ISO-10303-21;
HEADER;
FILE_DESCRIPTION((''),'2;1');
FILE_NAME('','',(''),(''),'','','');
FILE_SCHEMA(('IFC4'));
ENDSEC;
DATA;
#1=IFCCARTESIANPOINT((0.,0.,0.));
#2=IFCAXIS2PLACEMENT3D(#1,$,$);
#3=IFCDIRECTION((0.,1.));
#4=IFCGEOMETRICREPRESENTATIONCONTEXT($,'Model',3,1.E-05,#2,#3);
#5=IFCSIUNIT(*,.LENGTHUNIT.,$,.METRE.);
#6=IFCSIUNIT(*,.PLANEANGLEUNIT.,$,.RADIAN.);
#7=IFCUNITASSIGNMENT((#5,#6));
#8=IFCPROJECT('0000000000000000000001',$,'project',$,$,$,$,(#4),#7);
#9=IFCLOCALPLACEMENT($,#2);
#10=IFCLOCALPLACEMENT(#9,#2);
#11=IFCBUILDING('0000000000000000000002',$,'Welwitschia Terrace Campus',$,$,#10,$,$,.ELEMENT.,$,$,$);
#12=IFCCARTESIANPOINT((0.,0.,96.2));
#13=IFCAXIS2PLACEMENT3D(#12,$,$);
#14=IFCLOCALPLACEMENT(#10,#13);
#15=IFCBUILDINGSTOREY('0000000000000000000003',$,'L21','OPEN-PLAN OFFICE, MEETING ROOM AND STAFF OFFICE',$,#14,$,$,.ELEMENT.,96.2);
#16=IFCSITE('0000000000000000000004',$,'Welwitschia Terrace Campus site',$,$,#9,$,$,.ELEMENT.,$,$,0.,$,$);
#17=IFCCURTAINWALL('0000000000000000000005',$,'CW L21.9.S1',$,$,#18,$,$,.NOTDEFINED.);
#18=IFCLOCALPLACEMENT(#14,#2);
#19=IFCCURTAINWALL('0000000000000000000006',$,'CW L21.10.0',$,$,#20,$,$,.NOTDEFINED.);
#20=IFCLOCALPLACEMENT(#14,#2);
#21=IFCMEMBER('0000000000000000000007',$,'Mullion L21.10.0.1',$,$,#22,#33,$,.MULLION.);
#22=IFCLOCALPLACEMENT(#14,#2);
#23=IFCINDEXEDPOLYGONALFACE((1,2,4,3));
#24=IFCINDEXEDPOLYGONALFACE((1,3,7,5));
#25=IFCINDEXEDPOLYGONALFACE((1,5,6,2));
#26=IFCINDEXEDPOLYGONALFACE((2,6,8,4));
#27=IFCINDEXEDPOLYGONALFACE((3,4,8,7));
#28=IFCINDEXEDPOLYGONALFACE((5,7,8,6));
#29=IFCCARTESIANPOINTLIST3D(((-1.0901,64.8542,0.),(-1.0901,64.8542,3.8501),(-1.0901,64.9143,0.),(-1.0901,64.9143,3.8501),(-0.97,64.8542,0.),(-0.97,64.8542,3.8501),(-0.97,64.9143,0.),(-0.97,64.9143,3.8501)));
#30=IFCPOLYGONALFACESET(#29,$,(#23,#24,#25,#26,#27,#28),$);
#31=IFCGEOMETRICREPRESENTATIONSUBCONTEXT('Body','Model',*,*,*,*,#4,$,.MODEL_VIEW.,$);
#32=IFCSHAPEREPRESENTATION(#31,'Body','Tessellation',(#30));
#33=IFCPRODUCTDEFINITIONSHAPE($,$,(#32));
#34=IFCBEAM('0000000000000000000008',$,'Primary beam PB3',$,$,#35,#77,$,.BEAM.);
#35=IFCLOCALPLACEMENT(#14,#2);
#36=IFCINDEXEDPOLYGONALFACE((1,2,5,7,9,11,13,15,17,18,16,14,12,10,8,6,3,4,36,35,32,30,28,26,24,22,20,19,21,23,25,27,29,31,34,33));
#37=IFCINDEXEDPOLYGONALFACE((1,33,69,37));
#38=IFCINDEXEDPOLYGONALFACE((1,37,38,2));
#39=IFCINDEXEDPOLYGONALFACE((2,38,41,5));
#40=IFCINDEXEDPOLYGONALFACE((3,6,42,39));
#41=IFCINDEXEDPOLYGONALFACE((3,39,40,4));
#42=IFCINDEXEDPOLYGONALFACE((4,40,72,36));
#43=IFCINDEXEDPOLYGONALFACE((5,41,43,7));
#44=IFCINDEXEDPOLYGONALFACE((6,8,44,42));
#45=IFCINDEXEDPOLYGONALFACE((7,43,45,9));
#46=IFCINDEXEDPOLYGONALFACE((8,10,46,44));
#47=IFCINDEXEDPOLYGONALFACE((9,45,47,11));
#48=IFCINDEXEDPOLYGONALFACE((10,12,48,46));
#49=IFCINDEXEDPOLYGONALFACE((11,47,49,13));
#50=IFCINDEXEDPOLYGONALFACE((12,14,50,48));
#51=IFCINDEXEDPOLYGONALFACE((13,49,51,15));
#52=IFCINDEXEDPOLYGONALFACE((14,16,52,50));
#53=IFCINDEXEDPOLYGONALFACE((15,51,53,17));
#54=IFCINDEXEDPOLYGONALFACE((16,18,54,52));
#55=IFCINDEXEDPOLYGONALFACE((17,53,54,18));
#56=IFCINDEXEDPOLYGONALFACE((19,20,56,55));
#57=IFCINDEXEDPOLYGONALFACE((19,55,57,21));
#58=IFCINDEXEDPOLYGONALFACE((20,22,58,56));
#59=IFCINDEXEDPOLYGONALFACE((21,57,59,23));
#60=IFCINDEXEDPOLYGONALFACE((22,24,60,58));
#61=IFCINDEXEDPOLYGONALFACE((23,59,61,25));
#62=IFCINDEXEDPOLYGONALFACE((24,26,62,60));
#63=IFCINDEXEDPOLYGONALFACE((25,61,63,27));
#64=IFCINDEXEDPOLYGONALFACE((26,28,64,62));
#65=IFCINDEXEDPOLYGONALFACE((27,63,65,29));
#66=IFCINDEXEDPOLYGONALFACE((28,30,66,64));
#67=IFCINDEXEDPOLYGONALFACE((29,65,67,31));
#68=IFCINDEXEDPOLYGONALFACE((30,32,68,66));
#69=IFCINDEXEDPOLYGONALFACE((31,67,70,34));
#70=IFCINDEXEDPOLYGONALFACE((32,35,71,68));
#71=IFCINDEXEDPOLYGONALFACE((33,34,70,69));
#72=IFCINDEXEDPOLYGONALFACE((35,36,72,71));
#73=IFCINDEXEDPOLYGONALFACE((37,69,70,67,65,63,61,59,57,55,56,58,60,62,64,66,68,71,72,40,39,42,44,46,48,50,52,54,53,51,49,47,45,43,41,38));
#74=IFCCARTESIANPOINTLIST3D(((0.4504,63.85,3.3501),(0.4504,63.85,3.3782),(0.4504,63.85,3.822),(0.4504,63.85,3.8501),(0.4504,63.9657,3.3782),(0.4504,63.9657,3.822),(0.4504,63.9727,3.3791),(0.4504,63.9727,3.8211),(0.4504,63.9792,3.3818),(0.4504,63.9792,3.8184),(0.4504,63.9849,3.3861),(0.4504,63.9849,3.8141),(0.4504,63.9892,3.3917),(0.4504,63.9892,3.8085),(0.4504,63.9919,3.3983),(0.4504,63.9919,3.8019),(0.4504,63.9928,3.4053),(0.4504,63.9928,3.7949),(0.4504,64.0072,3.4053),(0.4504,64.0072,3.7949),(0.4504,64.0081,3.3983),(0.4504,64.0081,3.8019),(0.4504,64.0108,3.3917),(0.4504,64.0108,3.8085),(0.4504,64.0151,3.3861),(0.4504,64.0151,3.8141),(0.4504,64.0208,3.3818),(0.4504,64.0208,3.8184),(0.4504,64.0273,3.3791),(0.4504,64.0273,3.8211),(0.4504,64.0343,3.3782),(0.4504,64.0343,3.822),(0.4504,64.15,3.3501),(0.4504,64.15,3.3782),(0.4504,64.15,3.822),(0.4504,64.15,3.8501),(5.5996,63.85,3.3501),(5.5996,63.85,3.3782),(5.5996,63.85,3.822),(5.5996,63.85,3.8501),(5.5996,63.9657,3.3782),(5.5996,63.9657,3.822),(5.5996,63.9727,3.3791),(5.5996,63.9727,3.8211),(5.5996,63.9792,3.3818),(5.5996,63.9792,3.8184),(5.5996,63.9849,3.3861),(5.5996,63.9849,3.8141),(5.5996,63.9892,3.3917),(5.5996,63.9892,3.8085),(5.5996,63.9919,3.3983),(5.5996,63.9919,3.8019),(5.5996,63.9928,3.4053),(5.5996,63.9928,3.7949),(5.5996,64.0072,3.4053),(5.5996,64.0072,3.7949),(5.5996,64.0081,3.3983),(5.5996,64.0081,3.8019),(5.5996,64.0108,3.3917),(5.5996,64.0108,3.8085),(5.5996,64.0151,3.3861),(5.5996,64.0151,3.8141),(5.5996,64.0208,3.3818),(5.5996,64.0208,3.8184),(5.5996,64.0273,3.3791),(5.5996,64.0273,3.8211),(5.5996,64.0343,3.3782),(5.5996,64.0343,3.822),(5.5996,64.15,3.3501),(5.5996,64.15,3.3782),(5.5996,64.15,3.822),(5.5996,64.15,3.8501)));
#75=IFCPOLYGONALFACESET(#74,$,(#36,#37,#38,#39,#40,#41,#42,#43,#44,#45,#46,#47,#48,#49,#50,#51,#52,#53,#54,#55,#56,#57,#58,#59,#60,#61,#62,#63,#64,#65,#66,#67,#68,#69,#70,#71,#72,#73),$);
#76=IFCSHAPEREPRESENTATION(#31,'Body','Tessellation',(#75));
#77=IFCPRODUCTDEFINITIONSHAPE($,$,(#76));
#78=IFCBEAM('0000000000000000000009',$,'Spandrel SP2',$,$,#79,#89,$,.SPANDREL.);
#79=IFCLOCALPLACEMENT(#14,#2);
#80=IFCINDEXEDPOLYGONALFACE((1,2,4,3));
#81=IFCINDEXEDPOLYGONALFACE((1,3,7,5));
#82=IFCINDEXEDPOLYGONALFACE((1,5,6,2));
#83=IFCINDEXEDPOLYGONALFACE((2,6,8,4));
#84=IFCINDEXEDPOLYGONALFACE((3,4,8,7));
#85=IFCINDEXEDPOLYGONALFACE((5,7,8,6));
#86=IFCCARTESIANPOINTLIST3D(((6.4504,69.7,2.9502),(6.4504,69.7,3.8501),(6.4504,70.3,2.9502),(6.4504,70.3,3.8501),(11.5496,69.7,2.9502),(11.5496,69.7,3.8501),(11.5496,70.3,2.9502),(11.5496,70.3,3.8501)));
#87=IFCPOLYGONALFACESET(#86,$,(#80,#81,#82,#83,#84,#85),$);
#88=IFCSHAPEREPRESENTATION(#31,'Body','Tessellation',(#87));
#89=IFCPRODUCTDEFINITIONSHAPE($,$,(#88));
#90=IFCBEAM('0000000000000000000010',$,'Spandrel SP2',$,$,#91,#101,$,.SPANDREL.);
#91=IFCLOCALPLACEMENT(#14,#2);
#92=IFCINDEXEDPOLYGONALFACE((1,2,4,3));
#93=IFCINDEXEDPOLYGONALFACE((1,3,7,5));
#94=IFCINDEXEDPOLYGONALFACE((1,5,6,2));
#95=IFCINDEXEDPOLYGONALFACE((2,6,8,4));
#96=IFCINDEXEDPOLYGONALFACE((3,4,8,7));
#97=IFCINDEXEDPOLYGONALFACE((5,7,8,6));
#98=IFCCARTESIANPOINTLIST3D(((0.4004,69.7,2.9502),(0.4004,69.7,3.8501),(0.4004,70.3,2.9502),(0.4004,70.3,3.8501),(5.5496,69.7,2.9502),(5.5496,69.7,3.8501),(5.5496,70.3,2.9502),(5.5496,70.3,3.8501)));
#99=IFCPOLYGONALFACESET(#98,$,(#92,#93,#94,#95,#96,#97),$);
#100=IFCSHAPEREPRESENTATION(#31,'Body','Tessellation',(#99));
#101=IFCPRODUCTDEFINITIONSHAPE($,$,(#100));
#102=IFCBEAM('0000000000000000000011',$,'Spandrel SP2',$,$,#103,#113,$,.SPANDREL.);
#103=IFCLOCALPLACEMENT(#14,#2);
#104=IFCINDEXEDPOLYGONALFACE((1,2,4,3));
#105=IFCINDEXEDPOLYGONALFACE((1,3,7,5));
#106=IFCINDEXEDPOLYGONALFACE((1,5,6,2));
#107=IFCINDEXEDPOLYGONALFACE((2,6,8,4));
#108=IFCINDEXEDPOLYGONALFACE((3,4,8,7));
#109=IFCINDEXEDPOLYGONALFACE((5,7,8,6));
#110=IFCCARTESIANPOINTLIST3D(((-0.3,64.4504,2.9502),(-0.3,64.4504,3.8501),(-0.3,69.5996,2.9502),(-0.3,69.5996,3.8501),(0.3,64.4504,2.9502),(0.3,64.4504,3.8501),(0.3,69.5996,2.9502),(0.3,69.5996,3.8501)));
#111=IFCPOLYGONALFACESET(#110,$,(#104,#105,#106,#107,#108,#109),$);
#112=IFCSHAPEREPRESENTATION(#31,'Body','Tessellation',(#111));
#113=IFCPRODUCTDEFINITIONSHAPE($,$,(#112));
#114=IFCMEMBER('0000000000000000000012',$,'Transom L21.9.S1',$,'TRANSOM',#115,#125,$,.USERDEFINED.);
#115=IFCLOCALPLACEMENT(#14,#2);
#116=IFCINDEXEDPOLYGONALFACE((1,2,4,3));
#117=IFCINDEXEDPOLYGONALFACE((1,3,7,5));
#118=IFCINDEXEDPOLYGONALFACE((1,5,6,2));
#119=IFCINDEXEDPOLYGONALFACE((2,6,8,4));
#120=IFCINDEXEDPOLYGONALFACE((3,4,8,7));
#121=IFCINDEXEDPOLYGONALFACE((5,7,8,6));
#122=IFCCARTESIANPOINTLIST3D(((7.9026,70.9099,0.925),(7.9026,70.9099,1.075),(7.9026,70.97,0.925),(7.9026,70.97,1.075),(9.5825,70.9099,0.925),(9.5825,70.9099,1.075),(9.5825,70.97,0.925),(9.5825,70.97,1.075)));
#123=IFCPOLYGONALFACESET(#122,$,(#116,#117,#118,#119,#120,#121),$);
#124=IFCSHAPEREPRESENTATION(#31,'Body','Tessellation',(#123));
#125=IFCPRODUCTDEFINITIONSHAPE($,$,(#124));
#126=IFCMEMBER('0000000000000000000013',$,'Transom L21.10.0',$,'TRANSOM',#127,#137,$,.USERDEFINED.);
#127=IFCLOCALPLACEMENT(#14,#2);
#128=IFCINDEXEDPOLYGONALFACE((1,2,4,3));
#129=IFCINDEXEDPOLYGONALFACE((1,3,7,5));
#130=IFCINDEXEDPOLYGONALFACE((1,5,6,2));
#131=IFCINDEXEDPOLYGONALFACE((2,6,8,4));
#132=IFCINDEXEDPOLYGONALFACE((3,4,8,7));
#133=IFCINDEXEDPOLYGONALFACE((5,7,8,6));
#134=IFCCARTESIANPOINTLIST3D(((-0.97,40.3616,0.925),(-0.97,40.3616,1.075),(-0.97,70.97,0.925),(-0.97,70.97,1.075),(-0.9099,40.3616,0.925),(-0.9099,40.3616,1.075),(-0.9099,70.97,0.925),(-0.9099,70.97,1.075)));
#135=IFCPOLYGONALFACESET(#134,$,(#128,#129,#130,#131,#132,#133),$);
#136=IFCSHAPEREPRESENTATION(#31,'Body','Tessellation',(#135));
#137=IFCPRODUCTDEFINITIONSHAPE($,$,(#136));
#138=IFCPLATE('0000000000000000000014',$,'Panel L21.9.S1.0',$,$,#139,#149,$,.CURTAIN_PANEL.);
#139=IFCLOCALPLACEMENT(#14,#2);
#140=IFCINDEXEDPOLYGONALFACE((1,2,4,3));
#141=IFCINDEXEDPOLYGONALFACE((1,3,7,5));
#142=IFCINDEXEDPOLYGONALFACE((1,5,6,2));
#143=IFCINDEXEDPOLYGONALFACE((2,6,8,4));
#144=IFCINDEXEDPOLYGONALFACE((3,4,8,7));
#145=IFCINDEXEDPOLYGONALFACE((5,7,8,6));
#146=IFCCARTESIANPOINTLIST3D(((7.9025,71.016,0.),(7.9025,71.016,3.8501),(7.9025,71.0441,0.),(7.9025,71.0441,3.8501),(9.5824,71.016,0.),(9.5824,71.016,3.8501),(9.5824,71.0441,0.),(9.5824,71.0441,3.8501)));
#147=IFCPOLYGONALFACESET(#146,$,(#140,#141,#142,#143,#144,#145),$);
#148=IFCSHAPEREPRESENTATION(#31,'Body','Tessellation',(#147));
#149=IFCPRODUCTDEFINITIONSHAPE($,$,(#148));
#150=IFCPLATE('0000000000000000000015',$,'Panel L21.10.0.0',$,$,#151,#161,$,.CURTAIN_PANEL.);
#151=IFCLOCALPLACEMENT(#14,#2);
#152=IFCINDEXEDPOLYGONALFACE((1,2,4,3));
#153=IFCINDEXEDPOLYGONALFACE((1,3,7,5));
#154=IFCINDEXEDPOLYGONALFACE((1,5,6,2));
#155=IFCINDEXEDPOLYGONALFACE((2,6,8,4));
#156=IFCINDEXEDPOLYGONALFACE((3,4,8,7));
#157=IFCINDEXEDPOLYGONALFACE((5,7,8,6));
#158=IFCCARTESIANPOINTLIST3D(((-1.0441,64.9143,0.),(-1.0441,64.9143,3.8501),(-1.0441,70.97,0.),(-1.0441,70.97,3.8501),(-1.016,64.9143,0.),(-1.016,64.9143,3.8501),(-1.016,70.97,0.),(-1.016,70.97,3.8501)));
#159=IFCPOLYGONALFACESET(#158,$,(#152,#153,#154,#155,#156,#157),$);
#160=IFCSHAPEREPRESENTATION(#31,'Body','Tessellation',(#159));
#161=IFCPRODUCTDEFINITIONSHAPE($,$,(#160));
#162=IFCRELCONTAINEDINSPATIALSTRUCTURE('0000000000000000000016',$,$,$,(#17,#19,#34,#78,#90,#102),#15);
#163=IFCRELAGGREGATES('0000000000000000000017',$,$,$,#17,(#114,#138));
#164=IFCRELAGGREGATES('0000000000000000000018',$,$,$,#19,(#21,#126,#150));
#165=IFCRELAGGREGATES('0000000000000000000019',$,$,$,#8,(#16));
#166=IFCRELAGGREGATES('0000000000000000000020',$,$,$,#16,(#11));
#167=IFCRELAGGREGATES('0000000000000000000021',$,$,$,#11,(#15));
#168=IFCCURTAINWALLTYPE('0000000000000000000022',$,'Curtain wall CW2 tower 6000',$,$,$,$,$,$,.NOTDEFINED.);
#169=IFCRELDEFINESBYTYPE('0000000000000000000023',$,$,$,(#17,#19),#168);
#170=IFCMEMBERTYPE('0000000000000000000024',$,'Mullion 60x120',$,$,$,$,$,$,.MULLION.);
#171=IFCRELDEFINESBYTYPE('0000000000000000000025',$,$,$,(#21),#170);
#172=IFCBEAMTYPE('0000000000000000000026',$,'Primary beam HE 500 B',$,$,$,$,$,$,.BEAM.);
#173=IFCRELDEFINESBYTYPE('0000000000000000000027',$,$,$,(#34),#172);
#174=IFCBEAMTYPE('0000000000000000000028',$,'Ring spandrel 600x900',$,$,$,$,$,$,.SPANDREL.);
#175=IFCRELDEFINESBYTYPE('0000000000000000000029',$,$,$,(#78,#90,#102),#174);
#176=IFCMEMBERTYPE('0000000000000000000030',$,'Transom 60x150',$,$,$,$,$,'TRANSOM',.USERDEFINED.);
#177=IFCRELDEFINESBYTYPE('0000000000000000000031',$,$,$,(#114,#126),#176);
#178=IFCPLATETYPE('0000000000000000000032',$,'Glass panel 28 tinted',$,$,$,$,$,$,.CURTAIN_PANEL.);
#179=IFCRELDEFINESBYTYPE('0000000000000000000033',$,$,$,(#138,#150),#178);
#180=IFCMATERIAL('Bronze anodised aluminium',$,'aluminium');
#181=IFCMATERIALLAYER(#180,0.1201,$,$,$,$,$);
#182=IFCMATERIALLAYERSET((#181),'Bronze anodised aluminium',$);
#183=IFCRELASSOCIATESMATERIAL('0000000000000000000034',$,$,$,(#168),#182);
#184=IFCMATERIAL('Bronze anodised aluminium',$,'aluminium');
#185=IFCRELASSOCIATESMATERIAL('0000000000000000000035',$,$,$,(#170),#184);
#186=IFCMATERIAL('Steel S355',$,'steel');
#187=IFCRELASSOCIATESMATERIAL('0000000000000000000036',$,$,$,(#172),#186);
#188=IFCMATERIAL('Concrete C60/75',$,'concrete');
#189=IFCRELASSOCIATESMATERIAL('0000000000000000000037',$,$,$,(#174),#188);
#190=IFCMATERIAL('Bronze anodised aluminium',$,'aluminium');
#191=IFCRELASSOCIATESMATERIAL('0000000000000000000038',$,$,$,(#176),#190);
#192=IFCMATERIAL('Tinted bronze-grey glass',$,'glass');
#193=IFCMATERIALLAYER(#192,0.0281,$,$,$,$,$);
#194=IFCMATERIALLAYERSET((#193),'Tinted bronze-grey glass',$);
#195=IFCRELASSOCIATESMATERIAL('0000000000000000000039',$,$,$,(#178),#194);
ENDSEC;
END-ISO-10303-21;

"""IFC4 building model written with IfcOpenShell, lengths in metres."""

from ifc_helpers import new_model, si_unit, direction, frame, origin, origin_2d, place, context, subcontext, project, spatial, rectangle, i_section, extrude, material, layer, layer_set, material_profile, profile_set, type_object, element, aggregate, save


model = new_model("IFC4")

# Units and contexts
model_context = context("Model", 3, precision=1e-05, world=origin(), true_north=direction((0.0, 1.0)))
body_context = subcontext(model_context, "Body", "Model", "MODEL_VIEW")
ifc_project = project(units=[si_unit("LENGTHUNIT", "METRE"), si_unit("PLANEANGLEUNIT", "RADIAN")], contexts=[model_context])

# Site, building, storey
site_placement = place(None, origin())
site = spatial("IfcSite", under=ifc_project, at=site_placement, Name="Welwitschia Terrace Campus site", CompositionType="ELEMENT", RefElevation=0.0)
building_placement = place(site_placement, origin())
building = spatial("IfcBuilding", under=site, at=building_placement, Name="Welwitschia Terrace Campus", CompositionType="ELEMENT")
storey_placement = place(building_placement, frame((0.0, 0.0, 96.2)))
storey = spatial("IfcBuildingStorey", under=building, at=storey_placement, Name="L21", Description="OPEN-PLAN OFFICE, MEETING ROOM AND STAFF OFFICE", CompositionType="ELEMENT", Elevation=96.2)

# Curtain walls, member
ifc_material_1 = material(Name="Bronze anodised aluminium", Category="aluminium")
ifc_layer_1 = layer(ifc_material_1, 0.1201)
ifc_layer_set_1 = layer_set([ifc_layer_1], Name="Bronze anodised aluminium")
curtain_wall_type = type_object("IfcCurtainWallType", Name="Curtain wall CW2 tower 6000", PredefinedType="NOTDEFINED", material=ifc_layer_set_1)
curtain_wall_1_placement = place(storey_placement, origin())
curtain_wall_1 = element("IfcCurtainWall", 1, at=curtain_wall_1_placement, inside=storey, type_object=curtain_wall_type, Name="CW L21.9.S1", PredefinedType="NOTDEFINED")
ifc_material_2 = material(Name="Bronze anodised aluminium", Category="aluminium")
ifc_material_profile_1 = material_profile(ifc_material_2, rectangle(XDim=0.1201, YDim=0.0601, at=origin_2d()))
ifc_profile_set_1 = profile_set([ifc_material_profile_1], Name="Bronze anodised aluminium")
member_type_1 = type_object("IfcMemberType", Name="Mullion 60x120", PredefinedType="MULLION", material=ifc_profile_set_1)
curtain_wall_2_placement = place(storey_placement, origin())
curtain_wall_2 = element("IfcCurtainWall", 2, at=curtain_wall_2_placement, inside=storey, type_object=curtain_wall_type, Name="CW L21.10.0", PredefinedType="NOTDEFINED")
member_1_placement = place(storey_placement, frame((-1.03, 64.8843, 0.0), z_axis=(0.0, 0.0, 1.0), x_axis=(1.0, 0.0, 0.0)))
member_1 = element("IfcMember", 3, at=member_1_placement, type_object=member_type_1, Name="Mullion L21.10.0.1", PredefinedType="MULLION", context=body_context, shape_type="SweptSolid", body=[
    extrude(rectangle(XDim=0.1201, YDim=0.0601, at=origin_2d()), origin(), (0.0, 0.0, 1.0), 3.8501),
])

# Beams
ifc_material_3 = material(Name="Steel S355", Category="steel")
ifc_material_profile_2 = material_profile(ifc_material_3, i_section(OverallWidth=0.3, OverallDepth=0.5, WebThickness=0.0144, FlangeThickness=0.0281, FilletRadius=0.0271, at=origin_2d()))
ifc_profile_set_2 = profile_set([ifc_material_profile_2], Name="Steel S355")
beam_type_1 = type_object("IfcBeamType", Name="Primary beam HE 500 B", PredefinedType="BEAM", material=ifc_profile_set_2)
beam_1_placement = place(storey_placement, frame((0.4504, 64.0, 3.6001), z_axis=(1.0, 0.0, 0.0), x_axis=(0.0, 1.0, 0.0)))
element("IfcBeam", 4, at=beam_1_placement, inside=storey, type_object=beam_type_1, Name="Primary beam PB3", PredefinedType="BEAM", context=body_context, shape_type="SweptSolid", body=[
    extrude(i_section(OverallWidth=0.3, OverallDepth=0.5, WebThickness=0.0144, FlangeThickness=0.0281, FilletRadius=0.0271, at=origin_2d()), origin(), (0.0, 0.0, 1.0), 5.1492),
])
ifc_material_4 = material(Name="Concrete C60/75", Category="concrete")
ifc_material_profile_3 = material_profile(ifc_material_4, rectangle(XDim=0.6001, YDim=0.8999, at=origin_2d()))
ifc_profile_set_3 = profile_set([ifc_material_profile_3], Name="Concrete C60/75")
beam_type_2 = type_object("IfcBeamType", Name="Ring spandrel 600x900", PredefinedType="SPANDREL", material=ifc_profile_set_3)
beam_2_placement = place(storey_placement, frame((11.5496, 70.0, 3.4001), z_axis=(-1.0, 0.0, 0.0), x_axis=(0.0, -1.0, 0.0)))
element("IfcBeam", 5, at=beam_2_placement, inside=storey, type_object=beam_type_2, Name="Spandrel SP2", PredefinedType="SPANDREL", context=body_context, shape_type="SweptSolid", body=[
    extrude(rectangle(XDim=0.6001, YDim=0.8999, at=origin_2d()), origin(), (0.0, 0.0, 1.0), 5.0991),
])
for number, where, z_axis, x_axis, name in (
    (6, (5.5496, 70.0, 3.4001), (-1.0, 0.0, 0.0), (0.0, -1.0, 0.0), "Spandrel SP2"),
    (7, (0.0, 69.5996, 3.4001), (0.0, -1.0, 0.0), (1.0, 0.0, 0.0), "Spandrel SP2"),
):
    element("IfcBeam", number, at=place(storey_placement, frame(where, z_axis=z_axis, x_axis=x_axis)), inside=storey, type_object=beam_type_2, Name=name, PredefinedType="SPANDREL", context=body_context, shape_type="SweptSolid", body=[
        extrude(rectangle(XDim=0.6001, YDim=0.8999, at=origin_2d()), origin(), (0.0, 0.0, 1.0), 5.1492),
    ])

# Members
ifc_material_5 = material(Name="Bronze anodised aluminium", Category="aluminium")
ifc_material_profile_4 = material_profile(ifc_material_5, rectangle(XDim=0.0601, YDim=0.1499, at=origin_2d()))
ifc_profile_set_4 = profile_set([ifc_material_profile_4], Name="Bronze anodised aluminium")
member_type_2 = type_object("IfcMemberType", Name="Transom 60x150", ElementType="TRANSOM", PredefinedType="USERDEFINED", material=ifc_profile_set_4)
member_2_placement = place(storey_placement, frame((9.5825, 70.9399, 1.0), z_axis=(-1.0, 0.0, 0.0), x_axis=(0.0, -1.0, 0.0)))
member_2 = element("IfcMember", 8, at=member_2_placement, type_object=member_type_2, Name="Transom L21.9.S1", ObjectType="TRANSOM", PredefinedType="USERDEFINED", context=body_context, shape_type="SweptSolid", body=[
    extrude(rectangle(XDim=0.0601, YDim=0.1499, at=origin_2d()), origin(), (0.0, 0.0, 1.0), 1.6799),
])
member_3_placement = place(storey_placement, frame((-0.9399, 70.97, 1.0), z_axis=(0.0, -1.0, 0.0), x_axis=(1.0, 0.0, 0.0)))
member_3 = element("IfcMember", 9, at=member_3_placement, type_object=member_type_2, Name="Transom L21.10.0", ObjectType="TRANSOM", PredefinedType="USERDEFINED", context=body_context, shape_type="SweptSolid", body=[
    extrude(rectangle(XDim=0.0601, YDim=0.1499, at=origin_2d()), origin(), (0.0, 0.0, 1.0), 30.6084),
])

# Plates
ifc_material_6 = material(Name="Tinted bronze-grey glass", Category="glass")
ifc_layer_2 = layer(ifc_material_6, 0.0281)
ifc_layer_set_2 = layer_set([ifc_layer_2], Name="Tinted bronze-grey glass")
plate_type = type_object("IfcPlateType", Name="Glass panel 28 tinted", PredefinedType="CURTAIN_PANEL", material=ifc_layer_set_2)
plate_1_placement = place(storey_placement, frame((8.7424, 71.03, 0.0), z_axis=(0.0, 0.0, 1.0), x_axis=(-1.0, 0.0, 0.0)))
plate_1 = element("IfcPlate", 10, at=plate_1_placement, type_object=plate_type, Name="Panel L21.9.S1.0", PredefinedType="CURTAIN_PANEL", context=body_context, shape_type="SweptSolid", body=[
    extrude(rectangle(XDim=1.6799, YDim=0.0281, at=origin_2d()), origin(), (0.0, 0.0, 1.0), 3.8501),
])
aggregate(curtain_wall_1, [member_2, plate_1])
plate_2_placement = place(storey_placement, frame((-1.03, 67.9421, 0.0), z_axis=(0.0, 0.0, 1.0), x_axis=(0.0, -1.0, 0.0)))
plate_2 = element("IfcPlate", 11, at=plate_2_placement, type_object=plate_type, Name="Panel L21.10.0.0", PredefinedType="CURTAIN_PANEL", context=body_context, shape_type="SweptSolid", body=[
    extrude(rectangle(XDim=6.0557, YDim=0.0281, at=origin_2d()), origin(), (0.0, 0.0, 1.0), 3.8501),
])
aggregate(curtain_wall_2, [member_1, member_3, plate_2])

save(model, "model.ifc")
